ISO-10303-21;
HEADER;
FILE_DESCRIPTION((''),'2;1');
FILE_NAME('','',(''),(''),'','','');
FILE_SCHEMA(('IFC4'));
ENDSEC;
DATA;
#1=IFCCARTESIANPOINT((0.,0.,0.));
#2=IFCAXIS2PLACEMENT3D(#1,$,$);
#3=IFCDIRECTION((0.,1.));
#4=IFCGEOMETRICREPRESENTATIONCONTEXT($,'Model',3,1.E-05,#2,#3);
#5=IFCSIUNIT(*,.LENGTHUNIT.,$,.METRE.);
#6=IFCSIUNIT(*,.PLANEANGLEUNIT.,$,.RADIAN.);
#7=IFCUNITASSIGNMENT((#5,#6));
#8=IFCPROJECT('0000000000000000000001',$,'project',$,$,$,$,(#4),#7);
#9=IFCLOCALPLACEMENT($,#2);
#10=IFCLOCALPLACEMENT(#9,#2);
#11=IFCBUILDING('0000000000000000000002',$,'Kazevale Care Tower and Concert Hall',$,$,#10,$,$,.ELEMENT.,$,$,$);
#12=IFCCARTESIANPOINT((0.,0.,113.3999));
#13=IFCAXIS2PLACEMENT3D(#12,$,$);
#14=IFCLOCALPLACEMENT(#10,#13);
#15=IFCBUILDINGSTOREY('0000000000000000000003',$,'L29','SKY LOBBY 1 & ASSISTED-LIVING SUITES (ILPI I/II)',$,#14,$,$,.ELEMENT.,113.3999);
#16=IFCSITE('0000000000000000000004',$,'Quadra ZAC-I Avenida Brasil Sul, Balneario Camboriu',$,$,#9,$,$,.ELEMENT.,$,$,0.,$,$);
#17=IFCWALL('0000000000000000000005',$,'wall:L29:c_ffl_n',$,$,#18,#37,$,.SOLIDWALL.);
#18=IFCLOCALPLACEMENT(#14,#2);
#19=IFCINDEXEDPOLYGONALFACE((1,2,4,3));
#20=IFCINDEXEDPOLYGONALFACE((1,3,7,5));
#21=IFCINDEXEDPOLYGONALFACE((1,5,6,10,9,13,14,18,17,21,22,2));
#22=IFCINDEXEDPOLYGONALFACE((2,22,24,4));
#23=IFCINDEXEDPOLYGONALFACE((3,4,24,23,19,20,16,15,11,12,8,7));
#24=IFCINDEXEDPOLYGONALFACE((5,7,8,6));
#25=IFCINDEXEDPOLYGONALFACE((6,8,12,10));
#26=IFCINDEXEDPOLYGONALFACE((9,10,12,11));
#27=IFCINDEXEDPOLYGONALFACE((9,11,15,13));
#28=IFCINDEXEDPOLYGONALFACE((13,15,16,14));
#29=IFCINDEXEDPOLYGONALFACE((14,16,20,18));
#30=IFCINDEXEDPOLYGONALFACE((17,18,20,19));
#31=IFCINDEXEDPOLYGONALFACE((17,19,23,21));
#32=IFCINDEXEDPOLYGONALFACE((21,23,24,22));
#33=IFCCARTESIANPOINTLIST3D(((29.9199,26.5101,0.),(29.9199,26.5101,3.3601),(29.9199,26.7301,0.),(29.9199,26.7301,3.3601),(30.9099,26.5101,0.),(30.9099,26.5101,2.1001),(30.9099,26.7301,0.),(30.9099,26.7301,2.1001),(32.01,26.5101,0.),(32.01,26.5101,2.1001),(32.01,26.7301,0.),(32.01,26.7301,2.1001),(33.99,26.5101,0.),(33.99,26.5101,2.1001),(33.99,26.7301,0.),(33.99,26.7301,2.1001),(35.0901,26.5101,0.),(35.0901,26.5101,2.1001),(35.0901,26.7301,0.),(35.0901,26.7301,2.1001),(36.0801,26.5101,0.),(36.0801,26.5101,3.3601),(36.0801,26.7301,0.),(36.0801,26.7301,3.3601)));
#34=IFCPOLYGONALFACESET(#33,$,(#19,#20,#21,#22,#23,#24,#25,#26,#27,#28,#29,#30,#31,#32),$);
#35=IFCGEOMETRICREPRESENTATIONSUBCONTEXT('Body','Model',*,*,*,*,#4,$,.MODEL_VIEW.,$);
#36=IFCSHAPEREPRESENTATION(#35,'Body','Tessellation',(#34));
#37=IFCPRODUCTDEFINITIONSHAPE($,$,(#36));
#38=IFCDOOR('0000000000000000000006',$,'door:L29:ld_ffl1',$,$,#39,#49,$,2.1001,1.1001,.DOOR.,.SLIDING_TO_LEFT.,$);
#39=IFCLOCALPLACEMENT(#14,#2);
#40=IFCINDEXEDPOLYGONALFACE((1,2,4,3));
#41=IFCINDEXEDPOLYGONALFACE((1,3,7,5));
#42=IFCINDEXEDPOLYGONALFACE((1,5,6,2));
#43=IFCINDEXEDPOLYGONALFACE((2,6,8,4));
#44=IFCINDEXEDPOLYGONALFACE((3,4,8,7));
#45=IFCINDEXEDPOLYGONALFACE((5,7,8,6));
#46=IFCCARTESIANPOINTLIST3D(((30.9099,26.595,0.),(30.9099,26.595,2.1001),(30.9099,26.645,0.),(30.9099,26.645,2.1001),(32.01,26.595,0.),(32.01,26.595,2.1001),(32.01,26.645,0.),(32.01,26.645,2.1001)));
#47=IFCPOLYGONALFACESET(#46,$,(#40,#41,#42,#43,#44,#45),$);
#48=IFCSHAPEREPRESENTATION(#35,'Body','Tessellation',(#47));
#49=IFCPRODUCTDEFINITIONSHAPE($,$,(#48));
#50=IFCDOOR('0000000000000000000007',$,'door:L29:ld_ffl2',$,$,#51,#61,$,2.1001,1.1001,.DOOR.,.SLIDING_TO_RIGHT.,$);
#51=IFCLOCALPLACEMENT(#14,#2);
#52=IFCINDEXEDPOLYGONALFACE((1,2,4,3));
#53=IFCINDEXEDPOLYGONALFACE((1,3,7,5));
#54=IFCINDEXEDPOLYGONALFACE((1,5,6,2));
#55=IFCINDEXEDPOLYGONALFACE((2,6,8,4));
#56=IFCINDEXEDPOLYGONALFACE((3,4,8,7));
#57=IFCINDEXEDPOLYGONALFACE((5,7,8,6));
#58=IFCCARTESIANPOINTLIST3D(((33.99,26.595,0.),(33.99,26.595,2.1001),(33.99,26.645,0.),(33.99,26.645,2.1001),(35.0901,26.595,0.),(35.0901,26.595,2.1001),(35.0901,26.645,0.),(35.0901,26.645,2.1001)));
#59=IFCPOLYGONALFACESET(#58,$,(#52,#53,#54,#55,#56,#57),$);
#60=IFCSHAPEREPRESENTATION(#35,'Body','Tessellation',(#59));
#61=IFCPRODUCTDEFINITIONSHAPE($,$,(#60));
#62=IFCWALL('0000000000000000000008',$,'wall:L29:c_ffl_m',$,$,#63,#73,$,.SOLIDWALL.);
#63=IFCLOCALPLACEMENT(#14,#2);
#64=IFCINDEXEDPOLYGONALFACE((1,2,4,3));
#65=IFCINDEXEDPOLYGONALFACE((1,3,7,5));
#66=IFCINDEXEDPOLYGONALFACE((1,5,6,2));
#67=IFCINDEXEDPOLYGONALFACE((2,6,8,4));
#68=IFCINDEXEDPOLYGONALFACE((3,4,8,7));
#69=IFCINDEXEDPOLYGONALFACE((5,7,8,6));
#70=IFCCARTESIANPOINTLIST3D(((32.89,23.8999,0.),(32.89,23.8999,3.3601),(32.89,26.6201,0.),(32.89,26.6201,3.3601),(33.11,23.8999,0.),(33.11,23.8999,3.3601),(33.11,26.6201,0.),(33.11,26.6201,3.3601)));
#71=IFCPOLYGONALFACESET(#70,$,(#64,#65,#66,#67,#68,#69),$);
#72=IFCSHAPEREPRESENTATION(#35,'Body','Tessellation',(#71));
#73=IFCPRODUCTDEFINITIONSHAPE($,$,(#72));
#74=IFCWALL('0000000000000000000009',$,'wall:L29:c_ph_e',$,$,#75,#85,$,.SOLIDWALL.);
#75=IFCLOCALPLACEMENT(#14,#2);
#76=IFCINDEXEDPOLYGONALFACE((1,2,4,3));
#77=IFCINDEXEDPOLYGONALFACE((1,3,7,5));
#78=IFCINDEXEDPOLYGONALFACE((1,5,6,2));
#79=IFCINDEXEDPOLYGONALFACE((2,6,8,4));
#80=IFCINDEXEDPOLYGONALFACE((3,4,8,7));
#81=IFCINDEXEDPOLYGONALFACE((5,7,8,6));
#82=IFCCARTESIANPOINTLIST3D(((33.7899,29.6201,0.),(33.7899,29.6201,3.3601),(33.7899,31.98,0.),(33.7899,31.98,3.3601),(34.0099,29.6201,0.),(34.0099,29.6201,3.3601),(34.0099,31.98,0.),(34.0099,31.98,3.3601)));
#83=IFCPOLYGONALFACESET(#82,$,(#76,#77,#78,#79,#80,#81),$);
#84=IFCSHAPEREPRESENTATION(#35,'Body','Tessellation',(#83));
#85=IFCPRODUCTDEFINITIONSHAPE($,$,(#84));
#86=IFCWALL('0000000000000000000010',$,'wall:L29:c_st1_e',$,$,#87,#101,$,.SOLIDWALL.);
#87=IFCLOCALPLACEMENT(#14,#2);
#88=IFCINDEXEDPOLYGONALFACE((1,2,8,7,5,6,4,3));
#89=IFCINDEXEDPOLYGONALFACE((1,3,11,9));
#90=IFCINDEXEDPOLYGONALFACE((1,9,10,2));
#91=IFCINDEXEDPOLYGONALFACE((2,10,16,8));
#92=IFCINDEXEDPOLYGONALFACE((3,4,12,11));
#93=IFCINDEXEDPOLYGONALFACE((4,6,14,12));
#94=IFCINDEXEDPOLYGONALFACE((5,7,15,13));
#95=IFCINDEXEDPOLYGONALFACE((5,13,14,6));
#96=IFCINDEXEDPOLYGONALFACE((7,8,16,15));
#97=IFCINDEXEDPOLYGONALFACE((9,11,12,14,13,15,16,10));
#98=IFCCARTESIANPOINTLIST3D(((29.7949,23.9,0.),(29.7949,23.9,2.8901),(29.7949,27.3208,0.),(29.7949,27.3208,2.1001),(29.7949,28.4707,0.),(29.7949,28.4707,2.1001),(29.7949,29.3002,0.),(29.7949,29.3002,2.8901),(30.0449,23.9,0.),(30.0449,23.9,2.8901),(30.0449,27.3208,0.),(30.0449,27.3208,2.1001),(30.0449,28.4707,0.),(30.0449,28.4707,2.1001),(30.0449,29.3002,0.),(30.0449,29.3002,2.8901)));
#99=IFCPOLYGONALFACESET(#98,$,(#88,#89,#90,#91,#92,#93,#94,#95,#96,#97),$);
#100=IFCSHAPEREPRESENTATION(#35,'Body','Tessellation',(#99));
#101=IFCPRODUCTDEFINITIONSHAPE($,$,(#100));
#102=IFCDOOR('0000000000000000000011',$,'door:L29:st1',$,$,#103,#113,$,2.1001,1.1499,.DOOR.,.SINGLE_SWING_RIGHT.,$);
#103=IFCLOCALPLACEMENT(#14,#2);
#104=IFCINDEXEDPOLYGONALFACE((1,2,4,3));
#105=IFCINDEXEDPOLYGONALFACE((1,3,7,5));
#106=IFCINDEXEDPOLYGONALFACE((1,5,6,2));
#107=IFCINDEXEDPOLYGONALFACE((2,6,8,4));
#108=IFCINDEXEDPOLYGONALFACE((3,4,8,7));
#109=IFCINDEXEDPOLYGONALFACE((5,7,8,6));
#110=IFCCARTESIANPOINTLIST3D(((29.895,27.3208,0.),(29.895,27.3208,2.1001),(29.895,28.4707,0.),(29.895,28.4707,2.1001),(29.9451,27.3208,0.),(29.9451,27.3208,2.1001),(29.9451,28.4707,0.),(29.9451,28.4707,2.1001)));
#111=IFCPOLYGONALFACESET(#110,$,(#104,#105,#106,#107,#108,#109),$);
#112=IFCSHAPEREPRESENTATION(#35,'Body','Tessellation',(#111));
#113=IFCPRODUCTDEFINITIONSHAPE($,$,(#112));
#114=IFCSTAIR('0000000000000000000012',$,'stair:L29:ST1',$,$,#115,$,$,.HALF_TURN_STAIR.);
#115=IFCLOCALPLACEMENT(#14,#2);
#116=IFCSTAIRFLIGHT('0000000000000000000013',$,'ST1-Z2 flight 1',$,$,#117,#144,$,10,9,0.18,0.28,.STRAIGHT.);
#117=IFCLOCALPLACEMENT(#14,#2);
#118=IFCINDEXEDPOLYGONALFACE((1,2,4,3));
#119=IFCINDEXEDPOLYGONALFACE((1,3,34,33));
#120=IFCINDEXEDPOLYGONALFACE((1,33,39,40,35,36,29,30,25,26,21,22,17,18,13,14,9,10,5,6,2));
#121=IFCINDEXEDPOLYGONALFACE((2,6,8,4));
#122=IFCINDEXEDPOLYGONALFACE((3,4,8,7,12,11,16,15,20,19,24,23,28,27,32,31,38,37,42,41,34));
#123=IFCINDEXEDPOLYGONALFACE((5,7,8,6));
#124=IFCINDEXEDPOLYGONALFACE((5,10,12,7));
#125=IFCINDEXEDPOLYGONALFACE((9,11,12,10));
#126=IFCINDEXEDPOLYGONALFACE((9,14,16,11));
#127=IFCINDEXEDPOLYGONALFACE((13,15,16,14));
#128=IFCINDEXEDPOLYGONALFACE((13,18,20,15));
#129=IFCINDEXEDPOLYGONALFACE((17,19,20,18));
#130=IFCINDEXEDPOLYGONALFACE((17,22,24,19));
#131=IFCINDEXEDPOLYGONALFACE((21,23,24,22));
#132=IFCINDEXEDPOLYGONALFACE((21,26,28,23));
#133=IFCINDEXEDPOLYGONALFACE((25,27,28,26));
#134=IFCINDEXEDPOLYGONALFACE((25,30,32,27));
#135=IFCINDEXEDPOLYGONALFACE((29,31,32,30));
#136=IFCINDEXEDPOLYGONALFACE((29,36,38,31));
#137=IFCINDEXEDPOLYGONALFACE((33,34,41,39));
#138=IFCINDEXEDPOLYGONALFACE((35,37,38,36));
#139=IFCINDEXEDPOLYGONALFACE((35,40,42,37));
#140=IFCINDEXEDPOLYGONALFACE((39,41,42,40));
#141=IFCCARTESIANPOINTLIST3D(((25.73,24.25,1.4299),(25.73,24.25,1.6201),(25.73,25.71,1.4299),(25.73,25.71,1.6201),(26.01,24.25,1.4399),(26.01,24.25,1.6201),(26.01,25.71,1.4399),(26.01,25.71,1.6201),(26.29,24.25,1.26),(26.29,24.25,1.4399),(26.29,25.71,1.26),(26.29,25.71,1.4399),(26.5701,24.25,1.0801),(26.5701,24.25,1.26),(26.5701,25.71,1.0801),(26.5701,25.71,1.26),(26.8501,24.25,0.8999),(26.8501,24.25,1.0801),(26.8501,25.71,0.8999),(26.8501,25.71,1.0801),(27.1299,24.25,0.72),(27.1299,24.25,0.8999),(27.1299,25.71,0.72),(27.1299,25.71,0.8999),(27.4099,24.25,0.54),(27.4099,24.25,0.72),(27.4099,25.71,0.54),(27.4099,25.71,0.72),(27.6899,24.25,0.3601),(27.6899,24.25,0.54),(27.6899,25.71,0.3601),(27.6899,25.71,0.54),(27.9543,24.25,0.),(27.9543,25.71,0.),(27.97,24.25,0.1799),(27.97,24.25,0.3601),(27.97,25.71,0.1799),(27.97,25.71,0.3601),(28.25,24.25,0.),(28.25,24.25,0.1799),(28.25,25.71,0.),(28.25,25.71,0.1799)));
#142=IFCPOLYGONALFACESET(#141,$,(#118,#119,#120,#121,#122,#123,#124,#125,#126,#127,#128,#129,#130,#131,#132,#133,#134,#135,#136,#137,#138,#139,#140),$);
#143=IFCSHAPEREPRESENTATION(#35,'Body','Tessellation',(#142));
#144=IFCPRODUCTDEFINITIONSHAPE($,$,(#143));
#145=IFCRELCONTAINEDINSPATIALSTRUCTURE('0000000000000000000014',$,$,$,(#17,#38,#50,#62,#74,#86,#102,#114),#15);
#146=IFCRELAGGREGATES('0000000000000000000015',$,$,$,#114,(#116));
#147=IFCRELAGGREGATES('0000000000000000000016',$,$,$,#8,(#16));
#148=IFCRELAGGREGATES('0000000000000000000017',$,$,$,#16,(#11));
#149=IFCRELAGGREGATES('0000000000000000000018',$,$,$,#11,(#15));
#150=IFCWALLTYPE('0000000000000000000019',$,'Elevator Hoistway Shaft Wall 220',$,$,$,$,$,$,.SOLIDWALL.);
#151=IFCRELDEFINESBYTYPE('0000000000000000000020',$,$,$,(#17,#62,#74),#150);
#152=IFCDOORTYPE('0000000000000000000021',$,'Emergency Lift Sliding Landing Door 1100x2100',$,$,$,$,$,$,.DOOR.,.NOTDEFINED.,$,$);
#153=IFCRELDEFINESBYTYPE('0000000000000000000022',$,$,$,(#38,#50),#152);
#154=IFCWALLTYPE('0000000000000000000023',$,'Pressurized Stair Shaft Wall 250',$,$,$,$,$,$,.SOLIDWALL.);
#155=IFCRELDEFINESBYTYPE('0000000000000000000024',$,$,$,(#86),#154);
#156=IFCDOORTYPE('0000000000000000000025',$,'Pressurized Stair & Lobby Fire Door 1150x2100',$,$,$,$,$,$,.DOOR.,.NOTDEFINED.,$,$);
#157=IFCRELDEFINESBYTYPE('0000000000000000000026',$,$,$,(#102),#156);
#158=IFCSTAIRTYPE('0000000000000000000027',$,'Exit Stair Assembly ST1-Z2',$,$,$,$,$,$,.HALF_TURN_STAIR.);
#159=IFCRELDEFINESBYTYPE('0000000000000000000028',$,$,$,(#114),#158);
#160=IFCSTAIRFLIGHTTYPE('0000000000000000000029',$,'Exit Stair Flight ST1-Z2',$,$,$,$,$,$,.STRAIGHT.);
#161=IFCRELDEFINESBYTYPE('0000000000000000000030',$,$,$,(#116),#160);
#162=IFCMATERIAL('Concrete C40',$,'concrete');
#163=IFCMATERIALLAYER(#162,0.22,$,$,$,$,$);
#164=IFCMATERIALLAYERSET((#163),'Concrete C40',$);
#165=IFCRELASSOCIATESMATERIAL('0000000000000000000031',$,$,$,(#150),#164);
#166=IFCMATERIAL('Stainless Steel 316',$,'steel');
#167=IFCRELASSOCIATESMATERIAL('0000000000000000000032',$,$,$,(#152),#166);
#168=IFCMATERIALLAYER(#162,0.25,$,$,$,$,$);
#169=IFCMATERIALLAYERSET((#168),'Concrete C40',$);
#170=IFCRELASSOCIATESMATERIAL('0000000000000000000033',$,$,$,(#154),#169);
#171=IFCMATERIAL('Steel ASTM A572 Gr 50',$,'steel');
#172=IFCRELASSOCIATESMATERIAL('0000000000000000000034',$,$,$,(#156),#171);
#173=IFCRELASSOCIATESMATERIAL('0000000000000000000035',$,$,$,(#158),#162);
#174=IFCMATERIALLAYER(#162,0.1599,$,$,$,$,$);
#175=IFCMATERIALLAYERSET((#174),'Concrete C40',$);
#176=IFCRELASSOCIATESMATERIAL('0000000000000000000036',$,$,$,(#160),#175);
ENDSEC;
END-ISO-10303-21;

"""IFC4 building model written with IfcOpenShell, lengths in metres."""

from ifc_helpers import new_model, si_unit, direction, frame, frame_2d, origin, place, context, subcontext, project, spatial, polyline, rectangle, outline, extrude, material, layer, layer_set, type_object, element, fill, aggregate, save


model = new_model("IFC4")

# Units and contexts
model_context = context("Model", 3, precision=1e-05, world=origin(), true_north=direction((0.0, 1.0)))
body_context = subcontext(model_context, "Body", "Model", "MODEL_VIEW")
ifc_project = project(units=[si_unit("LENGTHUNIT", "METRE"), si_unit("PLANEANGLEUNIT", "RADIAN")], contexts=[model_context])

# Site, building, storey
site_placement = place(None, origin())
site = spatial("IfcSite", under=ifc_project, at=site_placement, Name="Quadra ZAC-I Avenida Brasil Sul, Balneario Camboriu", CompositionType="ELEMENT", RefElevation=0.0)
building_placement = place(site_placement, origin())
building = spatial("IfcBuilding", under=site, at=building_placement, Name="Kazevale Care Tower and Concert Hall", CompositionType="ELEMENT")
storey_placement = place(building_placement, frame((0.0, 0.0, 113.3999)))
storey = spatial("IfcBuildingStorey", under=building, at=storey_placement, Name="L29", Description="SKY LOBBY 1 & ASSISTED-LIVING SUITES (ILPI I/II)", CompositionType="ELEMENT", Elevation=113.3999)

# Shared definitions
ifc_material_1 = material(Name="Steel ASTM A572 Gr 50", Category="steel")

# Wall, openings, doors
ifc_material_2 = material(Name="Concrete C40", Category="concrete")
ifc_layer_1 = layer(ifc_material_2, 0.22)
ifc_layer_set_1 = layer_set([ifc_layer_1], Name="Concrete C40")
wall_type_1 = type_object("IfcWallType", Name="Elevator Hoistway Shaft Wall 220", PredefinedType="SOLIDWALL", material=ifc_layer_set_1)
wall_1_placement = place(storey_placement, frame((29.9199, 26.6201, 0.0), z_axis=(0.0, 0.0, 1.0), x_axis=(1.0, 0.0, 0.0)))
wall_1 = element("IfcWall", 1, at=wall_1_placement, inside=storey, type_object=wall_type_1, Name="wall:L29:c_ffl_n", PredefinedType="SOLIDWALL", context=body_context, shape_type="SweptSolid", body=[
    extrude(rectangle(XDim=6.1602, YDim=0.22, at=frame_2d((3.0801, 0.0))), origin(), (0.0, 0.0, 1.0), 3.3601),
])
opening_1_placement = place(wall_1_placement, frame((0.99, 0.0, 0.0)))
opening_1 = element("IfcOpeningElement", 2, at=opening_1_placement, cuts=wall_1, PredefinedType="OPENING", context=body_context, shape_type="SweptSolid", body=[
    extrude(rectangle(XDim=1.1001, YDim=2.1001, at=frame_2d((0.55, 1.05))), frame((0.0, 0.1199, 0.0), z_axis=(0.0, -1.0, 0.0), x_axis=(1.0, 0.0, 0.0)), (0.0, 0.0, 1.0), 0.24),
])
opening_2_placement = place(wall_1_placement, frame((4.0701, 0.0, 0.0)))
opening_2 = element("IfcOpeningElement", 3, at=opening_2_placement, cuts=wall_1, PredefinedType="OPENING", context=body_context, shape_type="SweptSolid", body=[
    extrude(rectangle(XDim=1.1001, YDim=2.1001, at=frame_2d((0.55, 1.05))), frame((0.0, 0.1199, 0.0), z_axis=(0.0, -1.0, 0.0), x_axis=(1.0, 0.0, 0.0)), (0.0, 0.0, 1.0), 0.24),
])
ifc_material_3 = material(Name="Stainless Steel 316", Category="steel")
door_type_1 = type_object("IfcDoorType", Name="Emergency Lift Sliding Landing Door 1100x2100", OperationType="NOTDEFINED", PredefinedType="DOOR", material=ifc_material_3)
door_1_placement = place(opening_1_placement, origin())
door_1 = element("IfcDoor", 4, at=door_1_placement, inside=storey, type_object=door_type_1, Name="door:L29:ld_ffl1", OperationType="SLIDING_TO_LEFT", OverallHeight=2.1001, OverallWidth=1.1001, PredefinedType="DOOR", context=body_context, shape_type="SweptSolid", body=[
    extrude(rectangle(XDim=1.1001, YDim=2.1001, at=frame_2d((0.55, 1.05))), frame((0.0, 0.0249, 0.0), z_axis=(0.0, -1.0, 0.0), x_axis=(1.0, 0.0, 0.0)), (0.0, 0.0, 1.0), 0.05),
])
fill(opening_1, door_1)
door_2_placement = place(opening_2_placement, origin())
door_2 = element("IfcDoor", 5, at=door_2_placement, inside=storey, type_object=door_type_1, Name="door:L29:ld_ffl2", OperationType="SLIDING_TO_RIGHT", OverallHeight=2.1001, OverallWidth=1.1001, PredefinedType="DOOR", context=body_context, shape_type="SweptSolid", body=[
    extrude(rectangle(XDim=1.1001, YDim=2.1001, at=frame_2d((0.55, 1.05))), frame((0.0, 0.0249, 0.0), z_axis=(0.0, -1.0, 0.0), x_axis=(1.0, 0.0, 0.0)), (0.0, 0.0, 1.0), 0.05),
])
fill(opening_2, door_2)

# Walls
wall_2_placement = place(storey_placement, frame((33.0, 23.8999, 0.0), z_axis=(0.0, 0.0, 1.0), x_axis=(0.0, 1.0, 0.0)))
element("IfcWall", 6, at=wall_2_placement, inside=storey, type_object=wall_type_1, Name="wall:L29:c_ffl_m", PredefinedType="SOLIDWALL", context=body_context, shape_type="SweptSolid", body=[
    extrude(rectangle(XDim=2.7202, YDim=0.22, at=frame_2d((1.3601, 0.0))), origin(), (0.0, 0.0, 1.0), 3.3601),
])
wall_3_placement = place(storey_placement, frame((33.8999, 29.6201, 0.0), z_axis=(0.0, 0.0, 1.0), x_axis=(0.0, 1.0, 0.0)))
element("IfcWall", 7, at=wall_3_placement, inside=storey, type_object=wall_type_1, Name="wall:L29:c_ph_e", PredefinedType="SOLIDWALL", context=body_context, shape_type="SweptSolid", body=[
    extrude(rectangle(XDim=2.3599, YDim=0.22, at=frame_2d((1.1799, 0.0))), origin(), (0.0, 0.0, 1.0), 3.3601),
])

# Wall, opening, door
ifc_layer_2 = layer(ifc_material_2, 0.25)
ifc_layer_set_2 = layer_set([ifc_layer_2], Name="Concrete C40")
wall_type_2 = type_object("IfcWallType", Name="Pressurized Stair Shaft Wall 250", PredefinedType="SOLIDWALL", material=ifc_layer_set_2)
wall_4_placement = place(storey_placement, frame((29.9199, 23.8999, 0.0), z_axis=(0.0, 0.0, 1.0), x_axis=(0.0, 1.0, 0.0)))
wall_4 = element("IfcWall", 8, at=wall_4_placement, inside=storey, type_object=wall_type_2, Name="wall:L29:c_st1_e", PredefinedType="SOLIDWALL", context=body_context, shape_type="SweptSolid", body=[
    extrude(rectangle(XDim=5.4001, YDim=0.25, at=frame_2d((2.7002, 0.0))), origin(), (0.0, 0.0, 1.0), 2.8901),
])
opening_3_placement = place(wall_4_placement, frame((3.4209, 0.0, 0.0)))
opening_3 = element("IfcOpeningElement", 9, at=opening_3_placement, cuts=wall_4, PredefinedType="OPENING", context=body_context, shape_type="SweptSolid", body=[
    extrude(rectangle(XDim=1.1499, YDim=2.1001, at=frame_2d((0.575, 1.05))), frame((0.0, 0.135, 0.0), z_axis=(0.0, -1.0, 0.0), x_axis=(1.0, 0.0, 0.0)), (0.0, 0.0, 1.0), 0.27),
])
door_type_2 = type_object("IfcDoorType", Name="Pressurized Stair & Lobby Fire Door 1150x2100", OperationType="NOTDEFINED", PredefinedType="DOOR", material=ifc_material_1)
door_3_placement = place(opening_3_placement, origin())
door_3 = element("IfcDoor", 10, at=door_3_placement, inside=storey, type_object=door_type_2, Name="door:L29:st1", OperationType="SINGLE_SWING_RIGHT", OverallHeight=2.1001, OverallWidth=1.1499, PredefinedType="DOOR", context=body_context, shape_type="SweptSolid", body=[
    extrude(rectangle(XDim=1.1499, YDim=2.1001, at=frame_2d((0.575, 1.05))), frame((0.0, 0.0249, 0.0), z_axis=(0.0, -1.0, 0.0), x_axis=(1.0, 0.0, 0.0)), (0.0, 0.0, 1.0), 0.05),
])
fill(opening_3, door_3)

# Stair, stair flight
stair_type = type_object("IfcStairType", Name="Exit Stair Assembly ST1-Z2", PredefinedType="HALF_TURN_STAIR", material=ifc_material_2)
stair_placement = place(storey_placement, origin())
stair = element("IfcStair", 11, at=stair_placement, inside=storey, type_object=stair_type, Name="stair:L29:ST1", PredefinedType="HALF_TURN_STAIR")
ifc_layer_3 = layer(ifc_material_2, 0.1599)
ifc_layer_set_3 = layer_set([ifc_layer_3], Name="Concrete C40")
stair_flight_type = type_object("IfcStairFlightType", Name="Exit Stair Flight ST1-Z2", PredefinedType="STRAIGHT", material=ifc_layer_set_3)
stair_flight_placement = place(storey_placement, frame((28.25, 24.98, 0.0), z_axis=(0.0, 0.0, 1.0), x_axis=(-1.0, 0.0, 0.0)))
stair_flight = element("IfcStairFlight", 12, at=stair_flight_placement, type_object=stair_flight_type, Name="ST1-Z2 flight 1", NumberOfRisers=10, NumberOfTreads=9, PredefinedType="STRAIGHT", RiserHeight=0.18, TreadLength=0.28, context=body_context, shape_type="SweptSolid", body=[
    extrude(outline(polyline([(0.0, 0.0), (0.0, 0.1799), (0.28, 0.1799), (0.28, 0.3601), (0.5601, 0.3601), (0.5601, 0.54), (0.8401, 0.54), (0.8401, 0.72), (1.1201, 0.72), (1.1201, 0.8999), (1.3999, 0.8999), (1.3999, 1.0801), (1.6799, 1.0801), (1.6799, 1.26), (1.96, 1.26), (1.96, 1.4399), (2.24, 1.4399), (2.24, 1.6201), (2.52, 1.6201), (2.52, 1.8), (2.52, 1.4299), (0.2957, 0.0), (0.0, 0.0)])), frame((0.0, 0.73, 0.0), z_axis=(0.0, -1.0, 0.0), x_axis=(1.0, 0.0, 0.0)), (0.0, 0.0, 1.0), 1.46),
])
aggregate(stair, [stair_flight])

save(model, "model.ifc")
